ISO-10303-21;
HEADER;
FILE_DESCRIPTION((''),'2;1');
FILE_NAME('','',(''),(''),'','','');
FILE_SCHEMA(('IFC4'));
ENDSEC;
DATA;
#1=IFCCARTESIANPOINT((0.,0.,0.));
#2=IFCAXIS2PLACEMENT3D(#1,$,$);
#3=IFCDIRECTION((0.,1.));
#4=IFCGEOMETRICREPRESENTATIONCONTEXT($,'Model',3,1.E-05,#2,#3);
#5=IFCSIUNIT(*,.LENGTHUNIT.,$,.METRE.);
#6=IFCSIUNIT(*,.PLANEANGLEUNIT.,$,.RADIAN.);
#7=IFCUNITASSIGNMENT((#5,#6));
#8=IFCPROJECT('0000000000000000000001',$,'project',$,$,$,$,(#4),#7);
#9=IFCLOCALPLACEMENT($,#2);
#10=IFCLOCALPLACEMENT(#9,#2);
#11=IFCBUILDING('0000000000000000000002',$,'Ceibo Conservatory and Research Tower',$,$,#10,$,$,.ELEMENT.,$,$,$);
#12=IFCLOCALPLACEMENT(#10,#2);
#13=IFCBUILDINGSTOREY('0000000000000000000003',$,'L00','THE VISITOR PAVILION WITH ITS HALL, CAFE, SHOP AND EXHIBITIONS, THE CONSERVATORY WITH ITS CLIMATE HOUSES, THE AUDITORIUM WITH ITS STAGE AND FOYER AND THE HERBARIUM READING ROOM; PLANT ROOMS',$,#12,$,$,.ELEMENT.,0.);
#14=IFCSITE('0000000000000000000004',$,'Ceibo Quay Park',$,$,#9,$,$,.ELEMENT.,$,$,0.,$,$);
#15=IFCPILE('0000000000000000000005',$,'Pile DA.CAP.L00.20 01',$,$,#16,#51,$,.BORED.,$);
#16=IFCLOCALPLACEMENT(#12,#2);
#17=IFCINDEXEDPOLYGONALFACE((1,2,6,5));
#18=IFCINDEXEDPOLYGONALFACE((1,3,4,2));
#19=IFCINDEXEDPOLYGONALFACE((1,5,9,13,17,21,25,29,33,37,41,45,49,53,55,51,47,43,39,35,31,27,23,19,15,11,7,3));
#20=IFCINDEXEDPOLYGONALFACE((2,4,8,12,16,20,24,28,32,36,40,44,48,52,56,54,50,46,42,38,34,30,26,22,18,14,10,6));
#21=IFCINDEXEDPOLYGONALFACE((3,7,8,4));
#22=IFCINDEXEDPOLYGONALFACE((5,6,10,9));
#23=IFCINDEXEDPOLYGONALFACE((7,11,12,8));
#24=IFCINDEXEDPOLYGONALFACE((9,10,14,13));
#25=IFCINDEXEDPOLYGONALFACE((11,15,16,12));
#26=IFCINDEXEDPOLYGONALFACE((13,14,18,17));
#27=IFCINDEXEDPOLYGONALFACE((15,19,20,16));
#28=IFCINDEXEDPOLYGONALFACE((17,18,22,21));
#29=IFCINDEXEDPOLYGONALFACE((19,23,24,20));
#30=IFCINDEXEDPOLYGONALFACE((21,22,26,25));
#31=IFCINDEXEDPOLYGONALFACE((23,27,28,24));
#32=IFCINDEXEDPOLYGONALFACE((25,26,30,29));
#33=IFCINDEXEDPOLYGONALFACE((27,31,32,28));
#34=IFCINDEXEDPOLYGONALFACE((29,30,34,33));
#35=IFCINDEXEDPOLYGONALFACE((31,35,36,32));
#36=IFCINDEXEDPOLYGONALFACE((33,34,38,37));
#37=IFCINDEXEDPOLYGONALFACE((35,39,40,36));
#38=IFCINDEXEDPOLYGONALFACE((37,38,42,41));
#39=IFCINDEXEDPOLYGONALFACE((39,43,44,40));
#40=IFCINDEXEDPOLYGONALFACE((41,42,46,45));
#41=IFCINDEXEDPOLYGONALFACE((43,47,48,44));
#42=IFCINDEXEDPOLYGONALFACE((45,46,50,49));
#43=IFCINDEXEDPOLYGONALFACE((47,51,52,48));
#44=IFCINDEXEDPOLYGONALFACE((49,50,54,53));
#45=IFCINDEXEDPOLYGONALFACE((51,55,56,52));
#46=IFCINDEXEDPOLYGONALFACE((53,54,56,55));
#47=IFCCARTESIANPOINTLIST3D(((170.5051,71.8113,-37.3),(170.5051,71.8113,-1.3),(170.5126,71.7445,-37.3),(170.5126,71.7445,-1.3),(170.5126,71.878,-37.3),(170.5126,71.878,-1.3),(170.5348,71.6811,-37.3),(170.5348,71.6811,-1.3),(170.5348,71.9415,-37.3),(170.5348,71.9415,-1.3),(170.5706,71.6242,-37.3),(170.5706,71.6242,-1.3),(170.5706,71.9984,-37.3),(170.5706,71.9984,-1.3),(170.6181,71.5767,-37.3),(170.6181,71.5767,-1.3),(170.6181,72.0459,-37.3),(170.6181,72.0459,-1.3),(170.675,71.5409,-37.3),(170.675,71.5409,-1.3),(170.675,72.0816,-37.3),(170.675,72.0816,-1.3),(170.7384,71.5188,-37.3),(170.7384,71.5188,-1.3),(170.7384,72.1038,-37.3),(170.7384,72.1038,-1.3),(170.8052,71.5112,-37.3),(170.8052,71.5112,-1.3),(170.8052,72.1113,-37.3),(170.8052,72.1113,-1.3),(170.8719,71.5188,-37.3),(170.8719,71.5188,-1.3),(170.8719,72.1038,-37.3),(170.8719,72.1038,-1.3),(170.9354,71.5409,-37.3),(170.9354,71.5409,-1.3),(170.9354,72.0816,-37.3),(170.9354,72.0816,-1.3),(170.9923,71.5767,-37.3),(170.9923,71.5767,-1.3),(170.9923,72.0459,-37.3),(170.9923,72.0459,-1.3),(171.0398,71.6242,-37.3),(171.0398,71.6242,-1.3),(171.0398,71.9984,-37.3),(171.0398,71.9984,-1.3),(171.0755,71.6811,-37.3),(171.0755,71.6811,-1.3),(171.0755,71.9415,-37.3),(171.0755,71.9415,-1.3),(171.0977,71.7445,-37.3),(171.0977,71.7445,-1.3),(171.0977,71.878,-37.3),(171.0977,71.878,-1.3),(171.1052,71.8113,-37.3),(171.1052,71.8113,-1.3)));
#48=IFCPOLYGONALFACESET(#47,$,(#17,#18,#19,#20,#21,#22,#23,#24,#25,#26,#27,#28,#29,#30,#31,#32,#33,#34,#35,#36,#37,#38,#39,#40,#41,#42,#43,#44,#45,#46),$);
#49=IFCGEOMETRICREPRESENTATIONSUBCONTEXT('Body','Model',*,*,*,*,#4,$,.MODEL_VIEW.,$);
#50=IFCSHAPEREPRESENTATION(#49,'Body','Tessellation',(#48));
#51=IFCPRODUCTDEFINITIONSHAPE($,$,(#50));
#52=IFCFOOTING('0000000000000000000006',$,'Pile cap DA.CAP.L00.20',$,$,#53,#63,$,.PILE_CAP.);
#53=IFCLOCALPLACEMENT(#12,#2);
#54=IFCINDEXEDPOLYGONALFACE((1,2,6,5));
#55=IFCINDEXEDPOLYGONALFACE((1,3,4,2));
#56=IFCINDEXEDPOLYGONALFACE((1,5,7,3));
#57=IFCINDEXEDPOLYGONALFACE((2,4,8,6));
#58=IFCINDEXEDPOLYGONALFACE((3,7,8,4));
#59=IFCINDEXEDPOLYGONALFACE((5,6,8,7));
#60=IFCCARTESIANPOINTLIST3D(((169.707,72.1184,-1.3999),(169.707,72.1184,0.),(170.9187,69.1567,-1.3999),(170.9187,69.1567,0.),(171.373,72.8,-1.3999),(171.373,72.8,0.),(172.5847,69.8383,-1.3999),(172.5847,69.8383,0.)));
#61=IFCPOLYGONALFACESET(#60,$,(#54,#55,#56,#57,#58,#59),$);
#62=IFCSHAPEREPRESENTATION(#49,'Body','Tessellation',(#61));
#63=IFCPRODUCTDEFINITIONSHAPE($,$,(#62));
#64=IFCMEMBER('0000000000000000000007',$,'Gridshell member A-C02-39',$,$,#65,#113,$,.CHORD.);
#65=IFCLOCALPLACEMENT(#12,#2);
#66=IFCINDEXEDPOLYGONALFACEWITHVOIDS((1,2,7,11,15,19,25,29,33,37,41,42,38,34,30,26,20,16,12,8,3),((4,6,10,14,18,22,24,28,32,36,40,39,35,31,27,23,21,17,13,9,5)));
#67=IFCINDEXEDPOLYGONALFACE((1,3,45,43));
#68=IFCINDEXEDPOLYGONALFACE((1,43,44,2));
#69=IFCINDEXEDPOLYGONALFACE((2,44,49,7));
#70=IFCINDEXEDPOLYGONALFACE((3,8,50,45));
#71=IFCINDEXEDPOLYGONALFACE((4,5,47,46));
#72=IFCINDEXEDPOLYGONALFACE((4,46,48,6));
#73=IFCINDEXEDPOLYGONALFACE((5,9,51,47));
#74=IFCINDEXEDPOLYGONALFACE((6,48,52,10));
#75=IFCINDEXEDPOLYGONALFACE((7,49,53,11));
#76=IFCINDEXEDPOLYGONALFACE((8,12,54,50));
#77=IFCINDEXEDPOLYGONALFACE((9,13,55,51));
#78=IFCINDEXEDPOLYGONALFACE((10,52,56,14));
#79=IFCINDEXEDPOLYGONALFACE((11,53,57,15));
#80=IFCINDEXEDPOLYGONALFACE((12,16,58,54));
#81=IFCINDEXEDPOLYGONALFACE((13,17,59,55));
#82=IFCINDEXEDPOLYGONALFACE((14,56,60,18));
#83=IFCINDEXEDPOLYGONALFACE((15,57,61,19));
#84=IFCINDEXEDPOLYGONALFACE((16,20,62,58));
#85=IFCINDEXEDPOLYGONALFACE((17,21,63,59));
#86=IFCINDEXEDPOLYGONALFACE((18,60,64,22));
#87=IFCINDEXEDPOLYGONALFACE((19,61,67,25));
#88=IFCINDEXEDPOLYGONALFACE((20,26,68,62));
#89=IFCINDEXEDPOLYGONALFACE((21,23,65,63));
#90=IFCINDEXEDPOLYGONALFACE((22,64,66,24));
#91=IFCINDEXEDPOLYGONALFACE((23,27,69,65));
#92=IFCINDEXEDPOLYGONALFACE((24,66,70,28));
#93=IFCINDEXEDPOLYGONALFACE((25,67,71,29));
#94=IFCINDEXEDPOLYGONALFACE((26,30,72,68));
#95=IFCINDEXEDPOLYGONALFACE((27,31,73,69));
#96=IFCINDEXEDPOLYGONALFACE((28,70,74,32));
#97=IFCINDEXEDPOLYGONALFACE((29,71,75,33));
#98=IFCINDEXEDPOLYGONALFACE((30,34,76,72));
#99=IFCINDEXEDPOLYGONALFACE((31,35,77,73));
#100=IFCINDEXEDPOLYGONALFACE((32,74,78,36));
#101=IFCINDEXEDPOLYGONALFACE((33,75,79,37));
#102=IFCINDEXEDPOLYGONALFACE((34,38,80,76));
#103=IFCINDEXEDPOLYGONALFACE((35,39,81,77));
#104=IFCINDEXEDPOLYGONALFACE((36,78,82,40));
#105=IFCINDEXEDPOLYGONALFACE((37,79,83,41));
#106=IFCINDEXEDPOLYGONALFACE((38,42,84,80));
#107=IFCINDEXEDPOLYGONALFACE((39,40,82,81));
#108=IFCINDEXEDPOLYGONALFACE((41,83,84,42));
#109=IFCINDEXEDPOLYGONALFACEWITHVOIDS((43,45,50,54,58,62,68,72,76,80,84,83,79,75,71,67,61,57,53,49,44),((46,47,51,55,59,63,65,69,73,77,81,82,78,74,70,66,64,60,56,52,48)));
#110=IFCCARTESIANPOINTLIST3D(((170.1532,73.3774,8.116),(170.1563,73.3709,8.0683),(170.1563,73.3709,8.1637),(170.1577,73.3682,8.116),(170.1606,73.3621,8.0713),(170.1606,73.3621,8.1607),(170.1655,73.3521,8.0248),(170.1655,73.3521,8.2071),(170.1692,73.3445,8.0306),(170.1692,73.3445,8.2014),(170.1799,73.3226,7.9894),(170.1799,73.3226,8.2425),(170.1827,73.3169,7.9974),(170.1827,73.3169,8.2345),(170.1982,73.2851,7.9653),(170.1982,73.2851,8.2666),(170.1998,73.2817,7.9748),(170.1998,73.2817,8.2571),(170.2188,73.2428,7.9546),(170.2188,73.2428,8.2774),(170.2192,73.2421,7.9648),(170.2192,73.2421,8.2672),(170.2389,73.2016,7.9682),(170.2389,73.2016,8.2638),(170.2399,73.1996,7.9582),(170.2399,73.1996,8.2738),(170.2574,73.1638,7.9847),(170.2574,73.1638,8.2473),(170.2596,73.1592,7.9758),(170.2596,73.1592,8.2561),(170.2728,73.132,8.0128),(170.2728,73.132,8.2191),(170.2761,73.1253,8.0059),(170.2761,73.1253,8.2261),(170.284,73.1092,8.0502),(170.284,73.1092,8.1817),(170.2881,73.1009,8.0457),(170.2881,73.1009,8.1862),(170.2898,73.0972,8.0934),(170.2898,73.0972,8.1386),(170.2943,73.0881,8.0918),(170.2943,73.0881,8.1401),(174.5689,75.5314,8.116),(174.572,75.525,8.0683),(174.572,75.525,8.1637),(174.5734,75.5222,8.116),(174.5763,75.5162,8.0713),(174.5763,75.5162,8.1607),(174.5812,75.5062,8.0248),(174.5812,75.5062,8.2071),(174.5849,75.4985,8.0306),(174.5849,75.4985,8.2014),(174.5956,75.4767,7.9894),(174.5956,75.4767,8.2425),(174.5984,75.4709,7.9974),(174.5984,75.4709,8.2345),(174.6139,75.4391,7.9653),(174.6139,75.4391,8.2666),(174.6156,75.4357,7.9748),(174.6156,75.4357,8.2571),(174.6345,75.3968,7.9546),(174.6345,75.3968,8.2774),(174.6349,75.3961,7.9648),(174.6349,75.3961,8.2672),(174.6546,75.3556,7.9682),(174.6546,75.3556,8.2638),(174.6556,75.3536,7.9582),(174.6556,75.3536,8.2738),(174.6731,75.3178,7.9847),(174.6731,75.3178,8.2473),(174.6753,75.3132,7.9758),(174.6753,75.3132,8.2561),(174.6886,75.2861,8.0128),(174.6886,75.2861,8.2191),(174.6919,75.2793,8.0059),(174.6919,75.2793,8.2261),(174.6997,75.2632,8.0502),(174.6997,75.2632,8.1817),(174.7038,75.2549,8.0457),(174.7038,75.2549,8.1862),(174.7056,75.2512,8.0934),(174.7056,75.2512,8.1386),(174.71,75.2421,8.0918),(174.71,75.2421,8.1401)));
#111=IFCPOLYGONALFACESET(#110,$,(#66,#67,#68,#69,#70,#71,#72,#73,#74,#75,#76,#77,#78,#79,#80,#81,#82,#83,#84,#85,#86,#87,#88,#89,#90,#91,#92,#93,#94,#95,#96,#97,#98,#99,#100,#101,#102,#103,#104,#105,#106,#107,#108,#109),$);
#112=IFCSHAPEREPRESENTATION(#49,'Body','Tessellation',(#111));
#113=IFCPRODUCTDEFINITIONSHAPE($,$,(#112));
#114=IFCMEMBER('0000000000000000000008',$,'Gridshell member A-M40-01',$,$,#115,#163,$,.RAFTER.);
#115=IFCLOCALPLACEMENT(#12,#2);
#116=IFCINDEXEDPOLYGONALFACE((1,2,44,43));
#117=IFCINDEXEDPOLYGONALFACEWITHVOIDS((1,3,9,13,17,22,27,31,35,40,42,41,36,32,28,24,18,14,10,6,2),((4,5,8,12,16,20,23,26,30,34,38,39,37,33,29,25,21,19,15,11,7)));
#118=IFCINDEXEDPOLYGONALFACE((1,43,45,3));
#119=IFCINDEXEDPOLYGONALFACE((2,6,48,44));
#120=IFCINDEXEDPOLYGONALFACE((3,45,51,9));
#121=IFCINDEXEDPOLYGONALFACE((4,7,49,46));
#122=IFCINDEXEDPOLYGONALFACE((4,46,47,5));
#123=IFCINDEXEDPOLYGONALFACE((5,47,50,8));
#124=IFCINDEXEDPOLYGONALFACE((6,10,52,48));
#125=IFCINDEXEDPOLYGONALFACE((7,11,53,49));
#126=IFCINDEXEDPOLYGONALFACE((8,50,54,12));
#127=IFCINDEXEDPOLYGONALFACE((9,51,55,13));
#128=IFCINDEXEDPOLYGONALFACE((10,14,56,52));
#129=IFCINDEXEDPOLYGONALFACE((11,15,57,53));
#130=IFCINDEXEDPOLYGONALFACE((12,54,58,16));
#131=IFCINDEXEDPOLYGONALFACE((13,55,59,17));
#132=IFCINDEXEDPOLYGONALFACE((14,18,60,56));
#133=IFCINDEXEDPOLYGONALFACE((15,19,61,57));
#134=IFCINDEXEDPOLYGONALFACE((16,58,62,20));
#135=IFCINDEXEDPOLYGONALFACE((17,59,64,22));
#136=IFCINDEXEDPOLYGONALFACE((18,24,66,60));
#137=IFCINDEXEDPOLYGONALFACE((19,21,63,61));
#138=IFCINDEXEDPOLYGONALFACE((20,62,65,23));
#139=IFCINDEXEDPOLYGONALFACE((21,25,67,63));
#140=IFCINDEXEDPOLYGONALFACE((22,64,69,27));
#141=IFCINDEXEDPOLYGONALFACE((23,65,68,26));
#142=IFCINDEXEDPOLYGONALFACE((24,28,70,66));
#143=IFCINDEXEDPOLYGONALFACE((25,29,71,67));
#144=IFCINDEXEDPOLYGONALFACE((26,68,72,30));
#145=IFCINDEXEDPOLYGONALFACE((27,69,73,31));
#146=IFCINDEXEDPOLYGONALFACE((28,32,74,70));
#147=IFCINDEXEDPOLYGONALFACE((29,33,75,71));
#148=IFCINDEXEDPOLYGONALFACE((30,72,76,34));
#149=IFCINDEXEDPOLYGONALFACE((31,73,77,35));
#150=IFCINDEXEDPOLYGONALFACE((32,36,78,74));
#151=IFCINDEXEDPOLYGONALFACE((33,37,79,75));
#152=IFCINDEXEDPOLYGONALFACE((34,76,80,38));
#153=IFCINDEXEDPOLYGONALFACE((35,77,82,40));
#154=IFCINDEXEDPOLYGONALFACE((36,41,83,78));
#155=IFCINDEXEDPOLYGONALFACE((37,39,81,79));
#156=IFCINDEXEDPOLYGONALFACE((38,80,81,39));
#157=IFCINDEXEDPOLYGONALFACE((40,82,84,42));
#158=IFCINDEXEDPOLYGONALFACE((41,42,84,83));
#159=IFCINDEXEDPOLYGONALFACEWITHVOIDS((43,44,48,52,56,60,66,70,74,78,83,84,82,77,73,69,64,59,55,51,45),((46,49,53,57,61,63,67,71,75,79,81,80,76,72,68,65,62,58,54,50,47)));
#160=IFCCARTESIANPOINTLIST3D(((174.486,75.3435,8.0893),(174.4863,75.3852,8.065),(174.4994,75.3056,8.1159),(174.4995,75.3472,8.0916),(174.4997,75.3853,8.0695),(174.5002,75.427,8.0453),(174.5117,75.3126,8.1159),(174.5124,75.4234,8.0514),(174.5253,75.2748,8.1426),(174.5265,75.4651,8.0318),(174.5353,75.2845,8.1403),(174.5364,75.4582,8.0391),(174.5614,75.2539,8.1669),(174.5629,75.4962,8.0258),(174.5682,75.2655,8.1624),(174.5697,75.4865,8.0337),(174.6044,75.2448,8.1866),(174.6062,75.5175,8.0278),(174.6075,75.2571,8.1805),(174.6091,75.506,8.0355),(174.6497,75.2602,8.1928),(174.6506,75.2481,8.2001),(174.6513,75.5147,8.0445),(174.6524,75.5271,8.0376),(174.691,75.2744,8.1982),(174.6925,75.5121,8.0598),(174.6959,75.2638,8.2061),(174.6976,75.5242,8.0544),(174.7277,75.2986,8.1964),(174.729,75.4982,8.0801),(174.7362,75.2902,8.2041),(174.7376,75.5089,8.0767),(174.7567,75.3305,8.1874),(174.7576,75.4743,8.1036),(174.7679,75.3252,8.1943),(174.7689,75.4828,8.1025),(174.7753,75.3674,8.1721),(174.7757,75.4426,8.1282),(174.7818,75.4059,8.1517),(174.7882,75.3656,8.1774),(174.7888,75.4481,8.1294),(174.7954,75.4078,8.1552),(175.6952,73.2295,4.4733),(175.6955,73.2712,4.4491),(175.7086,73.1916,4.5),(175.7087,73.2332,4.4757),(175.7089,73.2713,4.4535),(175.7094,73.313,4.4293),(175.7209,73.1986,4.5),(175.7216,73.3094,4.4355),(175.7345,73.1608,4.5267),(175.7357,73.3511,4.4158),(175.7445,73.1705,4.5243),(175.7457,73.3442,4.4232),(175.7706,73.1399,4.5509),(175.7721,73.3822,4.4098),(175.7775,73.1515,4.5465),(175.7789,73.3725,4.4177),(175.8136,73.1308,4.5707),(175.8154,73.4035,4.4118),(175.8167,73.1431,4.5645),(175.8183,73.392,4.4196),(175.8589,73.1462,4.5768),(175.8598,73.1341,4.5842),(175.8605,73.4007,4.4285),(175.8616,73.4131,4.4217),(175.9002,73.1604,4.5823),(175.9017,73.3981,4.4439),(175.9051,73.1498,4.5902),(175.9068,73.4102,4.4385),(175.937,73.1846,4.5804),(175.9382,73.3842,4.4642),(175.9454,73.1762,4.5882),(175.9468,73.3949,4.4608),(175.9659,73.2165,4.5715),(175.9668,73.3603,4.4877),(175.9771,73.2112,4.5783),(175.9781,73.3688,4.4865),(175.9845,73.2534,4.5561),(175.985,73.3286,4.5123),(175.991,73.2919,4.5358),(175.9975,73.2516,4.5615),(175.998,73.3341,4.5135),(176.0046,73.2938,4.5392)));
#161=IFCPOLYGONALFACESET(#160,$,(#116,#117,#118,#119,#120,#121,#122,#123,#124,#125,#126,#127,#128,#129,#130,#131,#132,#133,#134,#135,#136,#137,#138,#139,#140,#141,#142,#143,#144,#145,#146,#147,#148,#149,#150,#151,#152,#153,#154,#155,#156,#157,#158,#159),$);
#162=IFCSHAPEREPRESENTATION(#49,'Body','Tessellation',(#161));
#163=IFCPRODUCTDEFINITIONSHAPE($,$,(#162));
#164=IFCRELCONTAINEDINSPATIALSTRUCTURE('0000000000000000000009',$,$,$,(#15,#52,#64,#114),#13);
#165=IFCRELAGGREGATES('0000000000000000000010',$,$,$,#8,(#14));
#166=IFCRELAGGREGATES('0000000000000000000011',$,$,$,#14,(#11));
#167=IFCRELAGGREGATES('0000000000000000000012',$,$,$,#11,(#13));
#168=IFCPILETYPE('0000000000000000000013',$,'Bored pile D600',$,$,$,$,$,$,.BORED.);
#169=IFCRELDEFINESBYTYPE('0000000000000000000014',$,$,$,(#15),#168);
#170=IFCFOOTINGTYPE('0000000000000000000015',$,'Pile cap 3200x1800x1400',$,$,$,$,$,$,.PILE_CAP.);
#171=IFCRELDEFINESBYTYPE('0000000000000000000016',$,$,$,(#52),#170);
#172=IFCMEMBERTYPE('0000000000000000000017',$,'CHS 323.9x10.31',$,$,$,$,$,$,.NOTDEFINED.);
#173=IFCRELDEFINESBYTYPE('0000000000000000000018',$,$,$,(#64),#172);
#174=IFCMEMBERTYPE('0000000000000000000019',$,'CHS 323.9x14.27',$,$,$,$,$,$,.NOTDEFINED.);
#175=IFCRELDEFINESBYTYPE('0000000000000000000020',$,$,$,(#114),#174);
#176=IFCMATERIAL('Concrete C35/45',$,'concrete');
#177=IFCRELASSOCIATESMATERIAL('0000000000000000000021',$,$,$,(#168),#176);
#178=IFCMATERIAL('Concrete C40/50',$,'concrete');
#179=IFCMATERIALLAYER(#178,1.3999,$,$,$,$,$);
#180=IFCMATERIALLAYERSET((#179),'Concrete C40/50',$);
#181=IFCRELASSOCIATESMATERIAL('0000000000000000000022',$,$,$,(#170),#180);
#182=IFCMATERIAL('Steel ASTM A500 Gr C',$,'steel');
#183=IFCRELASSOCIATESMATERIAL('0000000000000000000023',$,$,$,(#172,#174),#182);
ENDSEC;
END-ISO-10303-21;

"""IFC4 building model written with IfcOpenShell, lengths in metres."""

from ifc_helpers import new_model, si_unit, direction, frame, origin, origin_2d, place, context, subcontext, project, spatial, polyline, circle, hollow_circle, outline, extrude, material, layer, layer_set, material_profile, profile_set, type_object, element, save


model = new_model("IFC4")

# Units and contexts
model_context = context("Model", 3, precision=1e-05, world=origin(), true_north=direction((0.0, 1.0)))
body_context = subcontext(model_context, "Body", "Model", "MODEL_VIEW")
ifc_project = project(units=[si_unit("LENGTHUNIT", "METRE"), si_unit("PLANEANGLEUNIT", "RADIAN")], contexts=[model_context])

# Site, building, storey
site_placement = place(None, origin())
site = spatial("IfcSite", under=ifc_project, at=site_placement, Name="Ceibo Quay Park", CompositionType="ELEMENT", RefElevation=0.0)
building_placement = place(site_placement, origin())
building = spatial("IfcBuilding", under=site, at=building_placement, Name="Ceibo Conservatory and Research Tower", CompositionType="ELEMENT")
storey_placement = place(building_placement, origin())
storey = spatial("IfcBuildingStorey", under=building, at=storey_placement, Name="L00", Description="THE VISITOR PAVILION WITH ITS HALL, CAFE, SHOP AND EXHIBITIONS, THE CONSERVATORY WITH ITS CLIMATE HOUSES, THE AUDITORIUM WITH ITS STAGE AND FOYER AND THE HERBARIUM READING ROOM; PLANT ROOMS", CompositionType="ELEMENT", Elevation=0.0)

# Pile
ifc_material_1 = material(Name="Concrete C35/45", Category="concrete")
ifc_material_profile_1 = material_profile(ifc_material_1, circle(Radius=0.3, at=origin_2d()), Name="RC D600")
ifc_profile_set_1 = profile_set([ifc_material_profile_1], Name="Concrete C35/45")
pile_type = type_object("IfcPileType", Name="Bored pile D600", PredefinedType="BORED", material=ifc_profile_set_1)
pile_placement = place(storey_placement, frame((170.8052, 71.8113, -1.3), z_axis=(0.0, 0.0, -1.0), x_axis=(1.0, 0.0, 0.0)))
element("IfcPile", 1, at=pile_placement, inside=storey, type_object=pile_type, Name="Pile DA.CAP.L00.20 01", PredefinedType="BORED", context=body_context, shape_type="SweptSolid", body=[
    extrude(circle(Radius=0.3, at=origin_2d()), origin(), (0.0, 0.0, 1.0), 36.0),
])

# Footing
ifc_material_2 = material(Name="Concrete C40/50", Category="concrete")
ifc_layer_1 = layer(ifc_material_2, 1.3999)
ifc_layer_set_1 = layer_set([ifc_layer_1], Name="Concrete C40/50")
footing_type = type_object("IfcFootingType", Name="Pile cap 3200x1800x1400", PredefinedType="PILE_CAP", material=ifc_layer_set_1)
footing_placement = place(storey_placement, frame((169.707, 72.1184, -1.3999), z_axis=(0.0, 0.0, 1.0), x_axis=(0.378648, -0.925541, 0.0)))
element("IfcFooting", 2, at=footing_placement, inside=storey, type_object=footing_type, Name="Pile cap DA.CAP.L00.20", PredefinedType="PILE_CAP", context=body_context, shape_type="SweptSolid", body=[
    extrude(outline(polyline([(0.0, 0.0), (3.2, 0.0), (3.2, 1.8), (0.0, 1.8), (0.0, 0.0)])), origin(), (0.0, 0.0, 1.0), 1.3999),
])

# Members
ifc_material_3 = material(Name="Steel ASTM A500 Gr C", Category="steel")
ifc_material_profile_2 = material_profile(ifc_material_3, hollow_circle(Radius=0.1619, WallThickness=0.0103, at=origin_2d()), Name="CHS 323.9x10.31")
ifc_profile_set_2 = profile_set([ifc_material_profile_2], Name="Steel ASTM A500 Gr C")
member_type_1 = type_object("IfcMemberType", Name="CHS 323.9x10.31", PredefinedType="NOTDEFINED", material=ifc_profile_set_2)
member_1_placement = place(storey_placement, frame((170.2241, 73.2319, 8.116), z_axis=(0.898767, 0.438427, 0.0), x_axis=(-0.438427, 0.898767, 0.0)))
element("IfcMember", 3, at=member_1_placement, inside=storey, type_object=member_type_1, Name="Gridshell member A-C02-39", PredefinedType="CHORD", context=body_context, shape_type="SweptSolid", body=[
    extrude(hollow_circle(Radius=0.1619, WallThickness=0.0103, at=origin_2d()), origin(), (0.0, 0.0, 1.0), 4.9131),
])
ifc_material_profile_3 = material_profile(ifc_material_3, hollow_circle(Radius=0.1619, WallThickness=0.0142, at=origin_2d()), Name="CHS 323.9x14.27")
ifc_profile_set_3 = profile_set([ifc_material_profile_3], Name="Steel ASTM A500 Gr C")
member_type_2 = type_object("IfcMemberType", Name="CHS 323.9x14.27", PredefinedType="NOTDEFINED", material=ifc_profile_set_3)
member_2_placement = place(storey_placement, frame((175.8491, 73.272, 4.5), z_axis=(-0.277369, 0.484905, 0.829418), x_axis=(-0.868027, -0.496517, 0.0)))
element("IfcMember", 4, at=member_2_placement, inside=storey, type_object=member_type_2, Name="Gridshell member A-M40-01", PredefinedType="RAFTER", context=body_context, shape_type="SweptSolid", body=[
    extrude(hollow_circle(Radius=0.1619, WallThickness=0.0142, at=origin_2d()), origin(), (0.0, 0.0, 1.0), 4.3596),
])

save(model, "model.ifc")
